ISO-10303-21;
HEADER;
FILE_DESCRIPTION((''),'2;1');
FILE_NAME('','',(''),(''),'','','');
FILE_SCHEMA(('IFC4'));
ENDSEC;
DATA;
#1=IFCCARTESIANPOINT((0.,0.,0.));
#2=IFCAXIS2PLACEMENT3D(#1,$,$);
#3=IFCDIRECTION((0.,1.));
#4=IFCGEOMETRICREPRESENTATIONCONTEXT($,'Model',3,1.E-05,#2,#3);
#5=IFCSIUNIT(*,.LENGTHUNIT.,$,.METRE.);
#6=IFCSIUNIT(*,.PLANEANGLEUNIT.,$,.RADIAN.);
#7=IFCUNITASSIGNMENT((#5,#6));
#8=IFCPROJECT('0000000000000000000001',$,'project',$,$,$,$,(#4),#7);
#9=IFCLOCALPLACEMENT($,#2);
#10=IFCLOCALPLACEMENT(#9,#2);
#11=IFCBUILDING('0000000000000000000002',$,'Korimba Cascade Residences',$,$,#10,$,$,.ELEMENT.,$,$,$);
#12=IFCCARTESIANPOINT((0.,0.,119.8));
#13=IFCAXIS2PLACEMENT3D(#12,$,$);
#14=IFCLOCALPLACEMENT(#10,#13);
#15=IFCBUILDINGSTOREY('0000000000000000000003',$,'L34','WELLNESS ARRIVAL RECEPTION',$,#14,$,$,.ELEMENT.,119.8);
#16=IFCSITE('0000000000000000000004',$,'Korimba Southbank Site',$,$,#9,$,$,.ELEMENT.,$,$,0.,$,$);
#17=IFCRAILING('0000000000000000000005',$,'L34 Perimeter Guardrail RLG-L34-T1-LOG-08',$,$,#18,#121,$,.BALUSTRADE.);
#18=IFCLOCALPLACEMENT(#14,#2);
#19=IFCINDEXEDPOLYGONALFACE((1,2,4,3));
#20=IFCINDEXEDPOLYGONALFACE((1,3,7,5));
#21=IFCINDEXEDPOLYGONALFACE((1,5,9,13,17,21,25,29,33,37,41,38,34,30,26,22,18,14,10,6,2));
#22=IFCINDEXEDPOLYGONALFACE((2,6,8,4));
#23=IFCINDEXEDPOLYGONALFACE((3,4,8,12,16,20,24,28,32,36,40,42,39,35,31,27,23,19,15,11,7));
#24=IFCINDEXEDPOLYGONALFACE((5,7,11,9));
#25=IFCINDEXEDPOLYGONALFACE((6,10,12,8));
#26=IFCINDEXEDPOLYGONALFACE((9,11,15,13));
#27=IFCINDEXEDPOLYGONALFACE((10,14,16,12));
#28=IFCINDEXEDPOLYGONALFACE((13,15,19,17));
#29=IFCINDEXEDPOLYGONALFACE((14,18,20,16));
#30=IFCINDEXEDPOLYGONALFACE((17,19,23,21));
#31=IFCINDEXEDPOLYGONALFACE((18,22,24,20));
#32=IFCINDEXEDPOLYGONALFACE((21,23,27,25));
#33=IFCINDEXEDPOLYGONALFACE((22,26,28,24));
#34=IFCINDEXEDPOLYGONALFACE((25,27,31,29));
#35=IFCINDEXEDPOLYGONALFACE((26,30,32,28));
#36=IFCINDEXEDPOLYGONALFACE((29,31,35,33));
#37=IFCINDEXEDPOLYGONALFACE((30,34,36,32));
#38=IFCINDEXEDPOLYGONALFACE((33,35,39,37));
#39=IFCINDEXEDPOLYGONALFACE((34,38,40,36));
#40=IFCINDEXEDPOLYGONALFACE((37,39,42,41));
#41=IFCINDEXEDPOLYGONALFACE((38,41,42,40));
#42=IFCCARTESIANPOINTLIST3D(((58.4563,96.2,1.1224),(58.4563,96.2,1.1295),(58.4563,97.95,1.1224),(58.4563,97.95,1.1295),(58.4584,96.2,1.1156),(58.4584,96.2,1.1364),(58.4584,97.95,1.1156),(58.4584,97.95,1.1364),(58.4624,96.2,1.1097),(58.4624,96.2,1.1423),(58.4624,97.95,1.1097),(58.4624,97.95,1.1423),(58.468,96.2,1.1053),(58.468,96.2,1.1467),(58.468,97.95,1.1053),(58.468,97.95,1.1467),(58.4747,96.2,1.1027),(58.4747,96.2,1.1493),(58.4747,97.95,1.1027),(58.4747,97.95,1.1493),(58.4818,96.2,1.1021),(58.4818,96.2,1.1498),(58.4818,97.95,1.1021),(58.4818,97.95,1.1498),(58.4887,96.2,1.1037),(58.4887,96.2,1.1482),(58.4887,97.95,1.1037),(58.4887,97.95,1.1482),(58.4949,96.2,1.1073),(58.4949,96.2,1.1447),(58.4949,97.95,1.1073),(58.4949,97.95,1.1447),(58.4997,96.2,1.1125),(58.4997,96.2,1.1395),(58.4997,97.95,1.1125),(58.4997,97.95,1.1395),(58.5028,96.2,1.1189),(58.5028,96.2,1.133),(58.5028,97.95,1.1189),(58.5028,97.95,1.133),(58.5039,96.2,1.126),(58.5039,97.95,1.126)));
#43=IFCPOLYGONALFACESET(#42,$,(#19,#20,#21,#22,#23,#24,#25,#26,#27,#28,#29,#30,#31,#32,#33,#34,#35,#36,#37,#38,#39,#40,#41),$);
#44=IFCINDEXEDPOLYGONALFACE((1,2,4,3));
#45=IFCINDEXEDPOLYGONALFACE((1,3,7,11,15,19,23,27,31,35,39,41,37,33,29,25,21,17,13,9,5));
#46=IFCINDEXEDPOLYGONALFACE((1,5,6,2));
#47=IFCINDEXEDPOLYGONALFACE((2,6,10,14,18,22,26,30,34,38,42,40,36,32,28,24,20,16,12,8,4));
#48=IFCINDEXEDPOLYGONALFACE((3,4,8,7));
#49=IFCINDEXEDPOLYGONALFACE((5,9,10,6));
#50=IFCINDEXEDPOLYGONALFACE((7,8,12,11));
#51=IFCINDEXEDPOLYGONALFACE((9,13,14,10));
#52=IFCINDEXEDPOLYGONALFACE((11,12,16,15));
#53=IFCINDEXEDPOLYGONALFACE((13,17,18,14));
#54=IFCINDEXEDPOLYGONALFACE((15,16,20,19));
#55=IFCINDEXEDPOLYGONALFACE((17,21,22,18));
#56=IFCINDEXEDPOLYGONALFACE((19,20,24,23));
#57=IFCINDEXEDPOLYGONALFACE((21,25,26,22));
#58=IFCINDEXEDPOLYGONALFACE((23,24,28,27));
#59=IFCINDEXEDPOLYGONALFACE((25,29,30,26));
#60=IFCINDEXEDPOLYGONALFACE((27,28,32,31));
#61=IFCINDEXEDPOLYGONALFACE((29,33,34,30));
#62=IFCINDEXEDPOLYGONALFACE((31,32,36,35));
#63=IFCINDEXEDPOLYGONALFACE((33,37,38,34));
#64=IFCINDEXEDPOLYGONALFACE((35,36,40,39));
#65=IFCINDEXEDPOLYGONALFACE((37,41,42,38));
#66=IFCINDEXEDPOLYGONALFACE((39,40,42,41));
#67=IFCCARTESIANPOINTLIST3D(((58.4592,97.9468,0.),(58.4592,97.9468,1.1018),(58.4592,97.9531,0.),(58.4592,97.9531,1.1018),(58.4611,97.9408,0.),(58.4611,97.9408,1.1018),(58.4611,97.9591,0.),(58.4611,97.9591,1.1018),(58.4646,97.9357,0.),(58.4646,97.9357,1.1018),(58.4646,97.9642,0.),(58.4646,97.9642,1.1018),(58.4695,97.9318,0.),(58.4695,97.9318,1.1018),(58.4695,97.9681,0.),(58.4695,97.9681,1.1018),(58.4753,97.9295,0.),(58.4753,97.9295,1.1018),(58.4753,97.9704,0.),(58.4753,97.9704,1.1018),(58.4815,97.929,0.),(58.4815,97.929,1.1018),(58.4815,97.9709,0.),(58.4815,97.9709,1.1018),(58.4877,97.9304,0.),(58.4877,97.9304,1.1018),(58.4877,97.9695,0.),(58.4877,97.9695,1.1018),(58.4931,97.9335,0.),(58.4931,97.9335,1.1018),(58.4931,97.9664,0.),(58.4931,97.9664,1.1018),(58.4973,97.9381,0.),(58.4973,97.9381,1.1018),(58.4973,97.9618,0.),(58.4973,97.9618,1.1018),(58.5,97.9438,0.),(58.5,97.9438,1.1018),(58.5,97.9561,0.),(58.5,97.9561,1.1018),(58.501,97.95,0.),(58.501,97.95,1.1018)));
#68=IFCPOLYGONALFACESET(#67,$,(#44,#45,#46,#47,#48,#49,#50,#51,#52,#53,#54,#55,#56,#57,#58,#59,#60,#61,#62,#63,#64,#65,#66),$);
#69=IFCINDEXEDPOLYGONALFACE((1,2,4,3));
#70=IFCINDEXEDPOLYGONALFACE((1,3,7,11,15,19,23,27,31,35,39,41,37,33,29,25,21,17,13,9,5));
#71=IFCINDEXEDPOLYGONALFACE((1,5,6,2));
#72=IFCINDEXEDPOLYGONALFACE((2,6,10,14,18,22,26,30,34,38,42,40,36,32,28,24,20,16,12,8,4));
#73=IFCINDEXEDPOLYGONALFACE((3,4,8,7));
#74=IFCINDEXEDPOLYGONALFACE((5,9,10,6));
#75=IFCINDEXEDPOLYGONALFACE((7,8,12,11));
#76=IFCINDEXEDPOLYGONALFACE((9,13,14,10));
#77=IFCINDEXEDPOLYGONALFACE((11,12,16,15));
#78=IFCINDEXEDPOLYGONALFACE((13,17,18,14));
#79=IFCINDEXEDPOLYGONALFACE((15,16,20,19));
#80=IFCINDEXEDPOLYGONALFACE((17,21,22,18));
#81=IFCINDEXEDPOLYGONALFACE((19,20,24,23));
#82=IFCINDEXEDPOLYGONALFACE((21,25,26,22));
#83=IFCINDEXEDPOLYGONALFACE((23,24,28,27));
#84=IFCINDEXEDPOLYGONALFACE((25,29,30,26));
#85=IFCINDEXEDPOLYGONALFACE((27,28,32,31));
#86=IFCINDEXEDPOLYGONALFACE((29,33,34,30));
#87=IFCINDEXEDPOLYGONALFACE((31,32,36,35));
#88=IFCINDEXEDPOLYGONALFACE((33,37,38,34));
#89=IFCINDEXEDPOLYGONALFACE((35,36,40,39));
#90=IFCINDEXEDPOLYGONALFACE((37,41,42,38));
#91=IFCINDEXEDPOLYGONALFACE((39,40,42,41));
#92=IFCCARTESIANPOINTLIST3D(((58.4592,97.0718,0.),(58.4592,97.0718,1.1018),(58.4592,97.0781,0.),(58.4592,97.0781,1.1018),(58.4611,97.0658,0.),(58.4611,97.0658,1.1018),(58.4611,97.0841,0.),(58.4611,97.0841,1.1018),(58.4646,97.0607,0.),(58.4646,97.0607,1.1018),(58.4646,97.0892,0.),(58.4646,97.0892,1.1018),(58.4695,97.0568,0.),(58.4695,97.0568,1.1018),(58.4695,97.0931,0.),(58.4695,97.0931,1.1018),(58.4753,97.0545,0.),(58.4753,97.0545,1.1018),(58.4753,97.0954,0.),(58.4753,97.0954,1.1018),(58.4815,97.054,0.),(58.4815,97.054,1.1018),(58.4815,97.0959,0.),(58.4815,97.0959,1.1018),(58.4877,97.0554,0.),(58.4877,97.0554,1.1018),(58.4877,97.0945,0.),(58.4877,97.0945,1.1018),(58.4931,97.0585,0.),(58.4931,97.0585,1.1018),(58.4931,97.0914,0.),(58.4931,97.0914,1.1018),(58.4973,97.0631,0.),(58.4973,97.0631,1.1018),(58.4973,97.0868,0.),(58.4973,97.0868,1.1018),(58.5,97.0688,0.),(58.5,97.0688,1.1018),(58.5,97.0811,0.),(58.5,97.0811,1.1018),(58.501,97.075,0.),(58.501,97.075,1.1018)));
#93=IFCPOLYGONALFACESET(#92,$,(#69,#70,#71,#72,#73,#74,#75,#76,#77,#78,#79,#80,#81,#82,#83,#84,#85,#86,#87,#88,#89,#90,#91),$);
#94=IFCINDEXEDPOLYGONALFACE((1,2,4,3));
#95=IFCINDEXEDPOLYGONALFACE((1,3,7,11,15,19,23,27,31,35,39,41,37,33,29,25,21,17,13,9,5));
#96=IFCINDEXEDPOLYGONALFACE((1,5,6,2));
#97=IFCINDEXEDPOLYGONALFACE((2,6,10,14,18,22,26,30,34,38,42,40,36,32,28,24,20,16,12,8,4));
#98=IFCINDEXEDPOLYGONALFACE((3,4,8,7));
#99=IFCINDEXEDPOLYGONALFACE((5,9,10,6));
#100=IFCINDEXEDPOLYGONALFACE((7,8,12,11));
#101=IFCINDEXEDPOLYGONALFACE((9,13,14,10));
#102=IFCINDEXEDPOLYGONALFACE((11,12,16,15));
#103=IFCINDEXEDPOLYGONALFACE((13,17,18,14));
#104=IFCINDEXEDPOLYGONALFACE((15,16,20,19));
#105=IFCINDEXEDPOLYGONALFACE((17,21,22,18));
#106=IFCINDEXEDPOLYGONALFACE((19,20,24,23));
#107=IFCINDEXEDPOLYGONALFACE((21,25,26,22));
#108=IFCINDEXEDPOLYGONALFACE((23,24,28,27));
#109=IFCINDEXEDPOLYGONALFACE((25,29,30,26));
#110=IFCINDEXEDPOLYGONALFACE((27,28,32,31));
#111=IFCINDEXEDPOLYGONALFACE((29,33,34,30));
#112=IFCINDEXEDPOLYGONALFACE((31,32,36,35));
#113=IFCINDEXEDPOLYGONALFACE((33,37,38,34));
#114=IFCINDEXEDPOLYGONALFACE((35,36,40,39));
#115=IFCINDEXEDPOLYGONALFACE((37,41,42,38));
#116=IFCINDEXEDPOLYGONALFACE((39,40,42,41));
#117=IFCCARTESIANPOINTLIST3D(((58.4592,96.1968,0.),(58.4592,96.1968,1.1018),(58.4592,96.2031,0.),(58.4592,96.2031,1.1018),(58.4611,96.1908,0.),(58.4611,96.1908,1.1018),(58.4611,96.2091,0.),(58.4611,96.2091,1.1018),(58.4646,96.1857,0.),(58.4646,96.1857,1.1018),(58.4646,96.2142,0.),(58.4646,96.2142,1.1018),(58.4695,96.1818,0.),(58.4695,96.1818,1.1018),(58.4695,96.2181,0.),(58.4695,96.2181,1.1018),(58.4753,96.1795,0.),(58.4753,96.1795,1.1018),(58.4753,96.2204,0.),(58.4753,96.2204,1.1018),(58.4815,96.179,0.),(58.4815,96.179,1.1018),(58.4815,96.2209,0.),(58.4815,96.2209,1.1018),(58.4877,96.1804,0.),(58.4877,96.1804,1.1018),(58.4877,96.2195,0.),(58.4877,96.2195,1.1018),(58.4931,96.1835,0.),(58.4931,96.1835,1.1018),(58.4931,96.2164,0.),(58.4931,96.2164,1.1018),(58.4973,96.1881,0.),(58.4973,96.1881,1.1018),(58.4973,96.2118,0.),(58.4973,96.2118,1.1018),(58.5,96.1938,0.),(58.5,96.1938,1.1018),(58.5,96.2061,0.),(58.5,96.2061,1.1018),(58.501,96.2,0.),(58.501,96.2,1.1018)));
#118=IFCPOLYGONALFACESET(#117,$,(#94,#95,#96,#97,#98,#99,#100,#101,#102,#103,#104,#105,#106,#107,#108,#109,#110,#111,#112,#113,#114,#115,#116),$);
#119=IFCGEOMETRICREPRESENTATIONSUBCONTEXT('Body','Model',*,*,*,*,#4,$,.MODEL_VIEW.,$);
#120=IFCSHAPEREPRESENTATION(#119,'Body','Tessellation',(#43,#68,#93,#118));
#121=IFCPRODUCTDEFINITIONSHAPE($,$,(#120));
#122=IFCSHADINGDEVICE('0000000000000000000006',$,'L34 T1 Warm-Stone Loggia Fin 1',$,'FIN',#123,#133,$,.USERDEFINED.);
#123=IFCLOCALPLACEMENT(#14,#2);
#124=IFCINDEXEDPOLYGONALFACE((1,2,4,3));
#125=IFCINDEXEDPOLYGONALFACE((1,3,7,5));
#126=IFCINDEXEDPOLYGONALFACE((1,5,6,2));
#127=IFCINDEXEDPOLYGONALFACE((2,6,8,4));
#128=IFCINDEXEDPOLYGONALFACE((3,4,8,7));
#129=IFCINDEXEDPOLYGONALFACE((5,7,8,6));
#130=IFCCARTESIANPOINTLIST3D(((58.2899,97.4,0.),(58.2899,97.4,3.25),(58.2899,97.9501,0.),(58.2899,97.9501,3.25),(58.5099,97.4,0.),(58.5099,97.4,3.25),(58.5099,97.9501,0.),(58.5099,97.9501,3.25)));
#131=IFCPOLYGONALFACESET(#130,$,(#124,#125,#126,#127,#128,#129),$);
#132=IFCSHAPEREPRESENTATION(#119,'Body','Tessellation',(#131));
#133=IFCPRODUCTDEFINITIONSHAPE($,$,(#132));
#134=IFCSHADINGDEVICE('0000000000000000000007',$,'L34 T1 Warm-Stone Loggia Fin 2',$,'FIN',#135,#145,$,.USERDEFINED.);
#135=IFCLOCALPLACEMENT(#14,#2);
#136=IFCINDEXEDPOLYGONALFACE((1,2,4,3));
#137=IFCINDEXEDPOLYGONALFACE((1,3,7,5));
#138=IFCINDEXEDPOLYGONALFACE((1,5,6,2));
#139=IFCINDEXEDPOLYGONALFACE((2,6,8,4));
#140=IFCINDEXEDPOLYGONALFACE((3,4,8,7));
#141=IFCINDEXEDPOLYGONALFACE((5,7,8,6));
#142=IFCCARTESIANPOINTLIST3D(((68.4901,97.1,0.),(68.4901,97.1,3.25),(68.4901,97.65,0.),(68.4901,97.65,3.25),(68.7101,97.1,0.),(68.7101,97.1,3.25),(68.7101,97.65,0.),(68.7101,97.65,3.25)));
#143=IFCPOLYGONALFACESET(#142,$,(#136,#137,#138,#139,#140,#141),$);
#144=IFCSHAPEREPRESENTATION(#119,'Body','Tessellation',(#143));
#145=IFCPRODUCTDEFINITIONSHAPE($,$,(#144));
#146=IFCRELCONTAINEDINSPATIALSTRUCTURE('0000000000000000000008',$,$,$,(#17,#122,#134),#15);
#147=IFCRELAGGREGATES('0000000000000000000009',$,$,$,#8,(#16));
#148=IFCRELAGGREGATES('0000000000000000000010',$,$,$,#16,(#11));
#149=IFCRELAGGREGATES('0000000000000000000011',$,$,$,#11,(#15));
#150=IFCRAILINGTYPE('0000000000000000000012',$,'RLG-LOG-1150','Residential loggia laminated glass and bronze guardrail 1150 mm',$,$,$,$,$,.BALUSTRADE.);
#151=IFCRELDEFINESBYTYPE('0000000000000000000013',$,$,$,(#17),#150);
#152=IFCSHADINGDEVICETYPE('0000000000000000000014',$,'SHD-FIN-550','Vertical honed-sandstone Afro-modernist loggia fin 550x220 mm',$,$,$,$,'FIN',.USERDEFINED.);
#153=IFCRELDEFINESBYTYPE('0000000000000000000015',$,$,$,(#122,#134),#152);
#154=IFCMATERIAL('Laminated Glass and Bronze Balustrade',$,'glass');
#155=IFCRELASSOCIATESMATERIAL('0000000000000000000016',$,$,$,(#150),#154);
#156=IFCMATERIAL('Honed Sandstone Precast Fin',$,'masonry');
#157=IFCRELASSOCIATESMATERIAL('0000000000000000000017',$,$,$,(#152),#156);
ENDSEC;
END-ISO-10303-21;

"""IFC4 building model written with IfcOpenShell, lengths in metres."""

from ifc_helpers import new_model, si_unit, direction, frame, origin, origin_2d, place, context, subcontext, project, spatial, rectangle, circle, extrude, material, type_object, element, save


model = new_model("IFC4")

# Units and contexts
model_context = context("Model", 3, precision=1e-05, world=origin(), true_north=direction((0.0, 1.0)))
body_context = subcontext(model_context, "Body", "Model", "MODEL_VIEW")
ifc_project = project(units=[si_unit("LENGTHUNIT", "METRE"), si_unit("PLANEANGLEUNIT", "RADIAN")], contexts=[model_context])

# Site, building, storey
site_placement = place(None, origin())
site = spatial("IfcSite", under=ifc_project, at=site_placement, Name="Korimba Southbank Site", CompositionType="ELEMENT", RefElevation=0.0)
building_placement = place(site_placement, origin())
building = spatial("IfcBuilding", under=site, at=building_placement, Name="Korimba Cascade Residences", CompositionType="ELEMENT")
storey_placement = place(building_placement, frame((0.0, 0.0, 119.8)))
storey = spatial("IfcBuildingStorey", under=building, at=storey_placement, Name="L34", Description="WELLNESS ARRIVAL RECEPTION", CompositionType="ELEMENT", Elevation=119.8)

# Railing
ifc_material_1 = material(Name="Laminated Glass and Bronze Balustrade", Category="glass")
railing_type = type_object("IfcRailingType", Name="RLG-LOG-1150", Description="Residential loggia laminated glass and bronze guardrail 1150 mm", PredefinedType="BALUSTRADE", material=ifc_material_1)
railing_1_placement = place(storey_placement, frame((58.48, 97.95, 0.0)))
element("IfcRailing", 1, at=railing_1_placement, inside=storey, type_object=railing_type, Name="L34 Perimeter Guardrail RLG-L34-T1-LOG-08", PredefinedType="BALUSTRADE", context=body_context, shape_type="SweptSolid", body=[
    extrude(circle(Radius=0.0239, at=origin_2d()), frame((0.0, 0.0, 1.126), z_axis=(0.0, -1.0, 0.0), x_axis=(1.0, 0.0, 0.0)), (0.0, 0.0, 1.0), 1.75),
    extrude(circle(Radius=0.021, at=origin_2d()), origin(), (0.0, 0.0, 1.0), 1.1018),
    extrude(circle(Radius=0.021, at=origin_2d()), frame((0.0, -0.875, 0.0)), (0.0, 0.0, 1.0), 1.1018),
    extrude(circle(Radius=0.021, at=origin_2d()), frame((0.0, -1.75, 0.0)), (0.0, 0.0, 1.0), 1.1018),
])

# Shading devices
ifc_material_2 = material(Name="Honed Sandstone Precast Fin", Category="masonry")
shading_device_type = type_object("IfcShadingDeviceType", Name="SHD-FIN-550", Description="Vertical honed-sandstone Afro-modernist loggia fin 550x220 mm", ElementType="FIN", PredefinedType="USERDEFINED", material=ifc_material_2)
for number, where, z_axis, x_axis, name in (
    (2, (58.3999, 97.675, 0.0), (0.0, 0.0, 1.0), (1.0, 0.0, 0.0), "L34 T1 Warm-Stone Loggia Fin 1"),
    (3, (68.6001, 97.375, 0.0), (0.0, 0.0, 1.0), (1.0, 0.0, 0.0), "L34 T1 Warm-Stone Loggia Fin 2"),
):
    element("IfcShadingDevice", number, at=place(storey_placement, frame(where, z_axis=z_axis, x_axis=x_axis)), inside=storey, type_object=shading_device_type, Name=name, ObjectType="FIN", PredefinedType="USERDEFINED", context=body_context, shape_type="SweptSolid", body=[
        extrude(rectangle(XDim=0.22, YDim=0.55, at=origin_2d()), origin(), (0.0, 0.0, 1.0), 3.25),
    ])

save(model, "model.ifc")
